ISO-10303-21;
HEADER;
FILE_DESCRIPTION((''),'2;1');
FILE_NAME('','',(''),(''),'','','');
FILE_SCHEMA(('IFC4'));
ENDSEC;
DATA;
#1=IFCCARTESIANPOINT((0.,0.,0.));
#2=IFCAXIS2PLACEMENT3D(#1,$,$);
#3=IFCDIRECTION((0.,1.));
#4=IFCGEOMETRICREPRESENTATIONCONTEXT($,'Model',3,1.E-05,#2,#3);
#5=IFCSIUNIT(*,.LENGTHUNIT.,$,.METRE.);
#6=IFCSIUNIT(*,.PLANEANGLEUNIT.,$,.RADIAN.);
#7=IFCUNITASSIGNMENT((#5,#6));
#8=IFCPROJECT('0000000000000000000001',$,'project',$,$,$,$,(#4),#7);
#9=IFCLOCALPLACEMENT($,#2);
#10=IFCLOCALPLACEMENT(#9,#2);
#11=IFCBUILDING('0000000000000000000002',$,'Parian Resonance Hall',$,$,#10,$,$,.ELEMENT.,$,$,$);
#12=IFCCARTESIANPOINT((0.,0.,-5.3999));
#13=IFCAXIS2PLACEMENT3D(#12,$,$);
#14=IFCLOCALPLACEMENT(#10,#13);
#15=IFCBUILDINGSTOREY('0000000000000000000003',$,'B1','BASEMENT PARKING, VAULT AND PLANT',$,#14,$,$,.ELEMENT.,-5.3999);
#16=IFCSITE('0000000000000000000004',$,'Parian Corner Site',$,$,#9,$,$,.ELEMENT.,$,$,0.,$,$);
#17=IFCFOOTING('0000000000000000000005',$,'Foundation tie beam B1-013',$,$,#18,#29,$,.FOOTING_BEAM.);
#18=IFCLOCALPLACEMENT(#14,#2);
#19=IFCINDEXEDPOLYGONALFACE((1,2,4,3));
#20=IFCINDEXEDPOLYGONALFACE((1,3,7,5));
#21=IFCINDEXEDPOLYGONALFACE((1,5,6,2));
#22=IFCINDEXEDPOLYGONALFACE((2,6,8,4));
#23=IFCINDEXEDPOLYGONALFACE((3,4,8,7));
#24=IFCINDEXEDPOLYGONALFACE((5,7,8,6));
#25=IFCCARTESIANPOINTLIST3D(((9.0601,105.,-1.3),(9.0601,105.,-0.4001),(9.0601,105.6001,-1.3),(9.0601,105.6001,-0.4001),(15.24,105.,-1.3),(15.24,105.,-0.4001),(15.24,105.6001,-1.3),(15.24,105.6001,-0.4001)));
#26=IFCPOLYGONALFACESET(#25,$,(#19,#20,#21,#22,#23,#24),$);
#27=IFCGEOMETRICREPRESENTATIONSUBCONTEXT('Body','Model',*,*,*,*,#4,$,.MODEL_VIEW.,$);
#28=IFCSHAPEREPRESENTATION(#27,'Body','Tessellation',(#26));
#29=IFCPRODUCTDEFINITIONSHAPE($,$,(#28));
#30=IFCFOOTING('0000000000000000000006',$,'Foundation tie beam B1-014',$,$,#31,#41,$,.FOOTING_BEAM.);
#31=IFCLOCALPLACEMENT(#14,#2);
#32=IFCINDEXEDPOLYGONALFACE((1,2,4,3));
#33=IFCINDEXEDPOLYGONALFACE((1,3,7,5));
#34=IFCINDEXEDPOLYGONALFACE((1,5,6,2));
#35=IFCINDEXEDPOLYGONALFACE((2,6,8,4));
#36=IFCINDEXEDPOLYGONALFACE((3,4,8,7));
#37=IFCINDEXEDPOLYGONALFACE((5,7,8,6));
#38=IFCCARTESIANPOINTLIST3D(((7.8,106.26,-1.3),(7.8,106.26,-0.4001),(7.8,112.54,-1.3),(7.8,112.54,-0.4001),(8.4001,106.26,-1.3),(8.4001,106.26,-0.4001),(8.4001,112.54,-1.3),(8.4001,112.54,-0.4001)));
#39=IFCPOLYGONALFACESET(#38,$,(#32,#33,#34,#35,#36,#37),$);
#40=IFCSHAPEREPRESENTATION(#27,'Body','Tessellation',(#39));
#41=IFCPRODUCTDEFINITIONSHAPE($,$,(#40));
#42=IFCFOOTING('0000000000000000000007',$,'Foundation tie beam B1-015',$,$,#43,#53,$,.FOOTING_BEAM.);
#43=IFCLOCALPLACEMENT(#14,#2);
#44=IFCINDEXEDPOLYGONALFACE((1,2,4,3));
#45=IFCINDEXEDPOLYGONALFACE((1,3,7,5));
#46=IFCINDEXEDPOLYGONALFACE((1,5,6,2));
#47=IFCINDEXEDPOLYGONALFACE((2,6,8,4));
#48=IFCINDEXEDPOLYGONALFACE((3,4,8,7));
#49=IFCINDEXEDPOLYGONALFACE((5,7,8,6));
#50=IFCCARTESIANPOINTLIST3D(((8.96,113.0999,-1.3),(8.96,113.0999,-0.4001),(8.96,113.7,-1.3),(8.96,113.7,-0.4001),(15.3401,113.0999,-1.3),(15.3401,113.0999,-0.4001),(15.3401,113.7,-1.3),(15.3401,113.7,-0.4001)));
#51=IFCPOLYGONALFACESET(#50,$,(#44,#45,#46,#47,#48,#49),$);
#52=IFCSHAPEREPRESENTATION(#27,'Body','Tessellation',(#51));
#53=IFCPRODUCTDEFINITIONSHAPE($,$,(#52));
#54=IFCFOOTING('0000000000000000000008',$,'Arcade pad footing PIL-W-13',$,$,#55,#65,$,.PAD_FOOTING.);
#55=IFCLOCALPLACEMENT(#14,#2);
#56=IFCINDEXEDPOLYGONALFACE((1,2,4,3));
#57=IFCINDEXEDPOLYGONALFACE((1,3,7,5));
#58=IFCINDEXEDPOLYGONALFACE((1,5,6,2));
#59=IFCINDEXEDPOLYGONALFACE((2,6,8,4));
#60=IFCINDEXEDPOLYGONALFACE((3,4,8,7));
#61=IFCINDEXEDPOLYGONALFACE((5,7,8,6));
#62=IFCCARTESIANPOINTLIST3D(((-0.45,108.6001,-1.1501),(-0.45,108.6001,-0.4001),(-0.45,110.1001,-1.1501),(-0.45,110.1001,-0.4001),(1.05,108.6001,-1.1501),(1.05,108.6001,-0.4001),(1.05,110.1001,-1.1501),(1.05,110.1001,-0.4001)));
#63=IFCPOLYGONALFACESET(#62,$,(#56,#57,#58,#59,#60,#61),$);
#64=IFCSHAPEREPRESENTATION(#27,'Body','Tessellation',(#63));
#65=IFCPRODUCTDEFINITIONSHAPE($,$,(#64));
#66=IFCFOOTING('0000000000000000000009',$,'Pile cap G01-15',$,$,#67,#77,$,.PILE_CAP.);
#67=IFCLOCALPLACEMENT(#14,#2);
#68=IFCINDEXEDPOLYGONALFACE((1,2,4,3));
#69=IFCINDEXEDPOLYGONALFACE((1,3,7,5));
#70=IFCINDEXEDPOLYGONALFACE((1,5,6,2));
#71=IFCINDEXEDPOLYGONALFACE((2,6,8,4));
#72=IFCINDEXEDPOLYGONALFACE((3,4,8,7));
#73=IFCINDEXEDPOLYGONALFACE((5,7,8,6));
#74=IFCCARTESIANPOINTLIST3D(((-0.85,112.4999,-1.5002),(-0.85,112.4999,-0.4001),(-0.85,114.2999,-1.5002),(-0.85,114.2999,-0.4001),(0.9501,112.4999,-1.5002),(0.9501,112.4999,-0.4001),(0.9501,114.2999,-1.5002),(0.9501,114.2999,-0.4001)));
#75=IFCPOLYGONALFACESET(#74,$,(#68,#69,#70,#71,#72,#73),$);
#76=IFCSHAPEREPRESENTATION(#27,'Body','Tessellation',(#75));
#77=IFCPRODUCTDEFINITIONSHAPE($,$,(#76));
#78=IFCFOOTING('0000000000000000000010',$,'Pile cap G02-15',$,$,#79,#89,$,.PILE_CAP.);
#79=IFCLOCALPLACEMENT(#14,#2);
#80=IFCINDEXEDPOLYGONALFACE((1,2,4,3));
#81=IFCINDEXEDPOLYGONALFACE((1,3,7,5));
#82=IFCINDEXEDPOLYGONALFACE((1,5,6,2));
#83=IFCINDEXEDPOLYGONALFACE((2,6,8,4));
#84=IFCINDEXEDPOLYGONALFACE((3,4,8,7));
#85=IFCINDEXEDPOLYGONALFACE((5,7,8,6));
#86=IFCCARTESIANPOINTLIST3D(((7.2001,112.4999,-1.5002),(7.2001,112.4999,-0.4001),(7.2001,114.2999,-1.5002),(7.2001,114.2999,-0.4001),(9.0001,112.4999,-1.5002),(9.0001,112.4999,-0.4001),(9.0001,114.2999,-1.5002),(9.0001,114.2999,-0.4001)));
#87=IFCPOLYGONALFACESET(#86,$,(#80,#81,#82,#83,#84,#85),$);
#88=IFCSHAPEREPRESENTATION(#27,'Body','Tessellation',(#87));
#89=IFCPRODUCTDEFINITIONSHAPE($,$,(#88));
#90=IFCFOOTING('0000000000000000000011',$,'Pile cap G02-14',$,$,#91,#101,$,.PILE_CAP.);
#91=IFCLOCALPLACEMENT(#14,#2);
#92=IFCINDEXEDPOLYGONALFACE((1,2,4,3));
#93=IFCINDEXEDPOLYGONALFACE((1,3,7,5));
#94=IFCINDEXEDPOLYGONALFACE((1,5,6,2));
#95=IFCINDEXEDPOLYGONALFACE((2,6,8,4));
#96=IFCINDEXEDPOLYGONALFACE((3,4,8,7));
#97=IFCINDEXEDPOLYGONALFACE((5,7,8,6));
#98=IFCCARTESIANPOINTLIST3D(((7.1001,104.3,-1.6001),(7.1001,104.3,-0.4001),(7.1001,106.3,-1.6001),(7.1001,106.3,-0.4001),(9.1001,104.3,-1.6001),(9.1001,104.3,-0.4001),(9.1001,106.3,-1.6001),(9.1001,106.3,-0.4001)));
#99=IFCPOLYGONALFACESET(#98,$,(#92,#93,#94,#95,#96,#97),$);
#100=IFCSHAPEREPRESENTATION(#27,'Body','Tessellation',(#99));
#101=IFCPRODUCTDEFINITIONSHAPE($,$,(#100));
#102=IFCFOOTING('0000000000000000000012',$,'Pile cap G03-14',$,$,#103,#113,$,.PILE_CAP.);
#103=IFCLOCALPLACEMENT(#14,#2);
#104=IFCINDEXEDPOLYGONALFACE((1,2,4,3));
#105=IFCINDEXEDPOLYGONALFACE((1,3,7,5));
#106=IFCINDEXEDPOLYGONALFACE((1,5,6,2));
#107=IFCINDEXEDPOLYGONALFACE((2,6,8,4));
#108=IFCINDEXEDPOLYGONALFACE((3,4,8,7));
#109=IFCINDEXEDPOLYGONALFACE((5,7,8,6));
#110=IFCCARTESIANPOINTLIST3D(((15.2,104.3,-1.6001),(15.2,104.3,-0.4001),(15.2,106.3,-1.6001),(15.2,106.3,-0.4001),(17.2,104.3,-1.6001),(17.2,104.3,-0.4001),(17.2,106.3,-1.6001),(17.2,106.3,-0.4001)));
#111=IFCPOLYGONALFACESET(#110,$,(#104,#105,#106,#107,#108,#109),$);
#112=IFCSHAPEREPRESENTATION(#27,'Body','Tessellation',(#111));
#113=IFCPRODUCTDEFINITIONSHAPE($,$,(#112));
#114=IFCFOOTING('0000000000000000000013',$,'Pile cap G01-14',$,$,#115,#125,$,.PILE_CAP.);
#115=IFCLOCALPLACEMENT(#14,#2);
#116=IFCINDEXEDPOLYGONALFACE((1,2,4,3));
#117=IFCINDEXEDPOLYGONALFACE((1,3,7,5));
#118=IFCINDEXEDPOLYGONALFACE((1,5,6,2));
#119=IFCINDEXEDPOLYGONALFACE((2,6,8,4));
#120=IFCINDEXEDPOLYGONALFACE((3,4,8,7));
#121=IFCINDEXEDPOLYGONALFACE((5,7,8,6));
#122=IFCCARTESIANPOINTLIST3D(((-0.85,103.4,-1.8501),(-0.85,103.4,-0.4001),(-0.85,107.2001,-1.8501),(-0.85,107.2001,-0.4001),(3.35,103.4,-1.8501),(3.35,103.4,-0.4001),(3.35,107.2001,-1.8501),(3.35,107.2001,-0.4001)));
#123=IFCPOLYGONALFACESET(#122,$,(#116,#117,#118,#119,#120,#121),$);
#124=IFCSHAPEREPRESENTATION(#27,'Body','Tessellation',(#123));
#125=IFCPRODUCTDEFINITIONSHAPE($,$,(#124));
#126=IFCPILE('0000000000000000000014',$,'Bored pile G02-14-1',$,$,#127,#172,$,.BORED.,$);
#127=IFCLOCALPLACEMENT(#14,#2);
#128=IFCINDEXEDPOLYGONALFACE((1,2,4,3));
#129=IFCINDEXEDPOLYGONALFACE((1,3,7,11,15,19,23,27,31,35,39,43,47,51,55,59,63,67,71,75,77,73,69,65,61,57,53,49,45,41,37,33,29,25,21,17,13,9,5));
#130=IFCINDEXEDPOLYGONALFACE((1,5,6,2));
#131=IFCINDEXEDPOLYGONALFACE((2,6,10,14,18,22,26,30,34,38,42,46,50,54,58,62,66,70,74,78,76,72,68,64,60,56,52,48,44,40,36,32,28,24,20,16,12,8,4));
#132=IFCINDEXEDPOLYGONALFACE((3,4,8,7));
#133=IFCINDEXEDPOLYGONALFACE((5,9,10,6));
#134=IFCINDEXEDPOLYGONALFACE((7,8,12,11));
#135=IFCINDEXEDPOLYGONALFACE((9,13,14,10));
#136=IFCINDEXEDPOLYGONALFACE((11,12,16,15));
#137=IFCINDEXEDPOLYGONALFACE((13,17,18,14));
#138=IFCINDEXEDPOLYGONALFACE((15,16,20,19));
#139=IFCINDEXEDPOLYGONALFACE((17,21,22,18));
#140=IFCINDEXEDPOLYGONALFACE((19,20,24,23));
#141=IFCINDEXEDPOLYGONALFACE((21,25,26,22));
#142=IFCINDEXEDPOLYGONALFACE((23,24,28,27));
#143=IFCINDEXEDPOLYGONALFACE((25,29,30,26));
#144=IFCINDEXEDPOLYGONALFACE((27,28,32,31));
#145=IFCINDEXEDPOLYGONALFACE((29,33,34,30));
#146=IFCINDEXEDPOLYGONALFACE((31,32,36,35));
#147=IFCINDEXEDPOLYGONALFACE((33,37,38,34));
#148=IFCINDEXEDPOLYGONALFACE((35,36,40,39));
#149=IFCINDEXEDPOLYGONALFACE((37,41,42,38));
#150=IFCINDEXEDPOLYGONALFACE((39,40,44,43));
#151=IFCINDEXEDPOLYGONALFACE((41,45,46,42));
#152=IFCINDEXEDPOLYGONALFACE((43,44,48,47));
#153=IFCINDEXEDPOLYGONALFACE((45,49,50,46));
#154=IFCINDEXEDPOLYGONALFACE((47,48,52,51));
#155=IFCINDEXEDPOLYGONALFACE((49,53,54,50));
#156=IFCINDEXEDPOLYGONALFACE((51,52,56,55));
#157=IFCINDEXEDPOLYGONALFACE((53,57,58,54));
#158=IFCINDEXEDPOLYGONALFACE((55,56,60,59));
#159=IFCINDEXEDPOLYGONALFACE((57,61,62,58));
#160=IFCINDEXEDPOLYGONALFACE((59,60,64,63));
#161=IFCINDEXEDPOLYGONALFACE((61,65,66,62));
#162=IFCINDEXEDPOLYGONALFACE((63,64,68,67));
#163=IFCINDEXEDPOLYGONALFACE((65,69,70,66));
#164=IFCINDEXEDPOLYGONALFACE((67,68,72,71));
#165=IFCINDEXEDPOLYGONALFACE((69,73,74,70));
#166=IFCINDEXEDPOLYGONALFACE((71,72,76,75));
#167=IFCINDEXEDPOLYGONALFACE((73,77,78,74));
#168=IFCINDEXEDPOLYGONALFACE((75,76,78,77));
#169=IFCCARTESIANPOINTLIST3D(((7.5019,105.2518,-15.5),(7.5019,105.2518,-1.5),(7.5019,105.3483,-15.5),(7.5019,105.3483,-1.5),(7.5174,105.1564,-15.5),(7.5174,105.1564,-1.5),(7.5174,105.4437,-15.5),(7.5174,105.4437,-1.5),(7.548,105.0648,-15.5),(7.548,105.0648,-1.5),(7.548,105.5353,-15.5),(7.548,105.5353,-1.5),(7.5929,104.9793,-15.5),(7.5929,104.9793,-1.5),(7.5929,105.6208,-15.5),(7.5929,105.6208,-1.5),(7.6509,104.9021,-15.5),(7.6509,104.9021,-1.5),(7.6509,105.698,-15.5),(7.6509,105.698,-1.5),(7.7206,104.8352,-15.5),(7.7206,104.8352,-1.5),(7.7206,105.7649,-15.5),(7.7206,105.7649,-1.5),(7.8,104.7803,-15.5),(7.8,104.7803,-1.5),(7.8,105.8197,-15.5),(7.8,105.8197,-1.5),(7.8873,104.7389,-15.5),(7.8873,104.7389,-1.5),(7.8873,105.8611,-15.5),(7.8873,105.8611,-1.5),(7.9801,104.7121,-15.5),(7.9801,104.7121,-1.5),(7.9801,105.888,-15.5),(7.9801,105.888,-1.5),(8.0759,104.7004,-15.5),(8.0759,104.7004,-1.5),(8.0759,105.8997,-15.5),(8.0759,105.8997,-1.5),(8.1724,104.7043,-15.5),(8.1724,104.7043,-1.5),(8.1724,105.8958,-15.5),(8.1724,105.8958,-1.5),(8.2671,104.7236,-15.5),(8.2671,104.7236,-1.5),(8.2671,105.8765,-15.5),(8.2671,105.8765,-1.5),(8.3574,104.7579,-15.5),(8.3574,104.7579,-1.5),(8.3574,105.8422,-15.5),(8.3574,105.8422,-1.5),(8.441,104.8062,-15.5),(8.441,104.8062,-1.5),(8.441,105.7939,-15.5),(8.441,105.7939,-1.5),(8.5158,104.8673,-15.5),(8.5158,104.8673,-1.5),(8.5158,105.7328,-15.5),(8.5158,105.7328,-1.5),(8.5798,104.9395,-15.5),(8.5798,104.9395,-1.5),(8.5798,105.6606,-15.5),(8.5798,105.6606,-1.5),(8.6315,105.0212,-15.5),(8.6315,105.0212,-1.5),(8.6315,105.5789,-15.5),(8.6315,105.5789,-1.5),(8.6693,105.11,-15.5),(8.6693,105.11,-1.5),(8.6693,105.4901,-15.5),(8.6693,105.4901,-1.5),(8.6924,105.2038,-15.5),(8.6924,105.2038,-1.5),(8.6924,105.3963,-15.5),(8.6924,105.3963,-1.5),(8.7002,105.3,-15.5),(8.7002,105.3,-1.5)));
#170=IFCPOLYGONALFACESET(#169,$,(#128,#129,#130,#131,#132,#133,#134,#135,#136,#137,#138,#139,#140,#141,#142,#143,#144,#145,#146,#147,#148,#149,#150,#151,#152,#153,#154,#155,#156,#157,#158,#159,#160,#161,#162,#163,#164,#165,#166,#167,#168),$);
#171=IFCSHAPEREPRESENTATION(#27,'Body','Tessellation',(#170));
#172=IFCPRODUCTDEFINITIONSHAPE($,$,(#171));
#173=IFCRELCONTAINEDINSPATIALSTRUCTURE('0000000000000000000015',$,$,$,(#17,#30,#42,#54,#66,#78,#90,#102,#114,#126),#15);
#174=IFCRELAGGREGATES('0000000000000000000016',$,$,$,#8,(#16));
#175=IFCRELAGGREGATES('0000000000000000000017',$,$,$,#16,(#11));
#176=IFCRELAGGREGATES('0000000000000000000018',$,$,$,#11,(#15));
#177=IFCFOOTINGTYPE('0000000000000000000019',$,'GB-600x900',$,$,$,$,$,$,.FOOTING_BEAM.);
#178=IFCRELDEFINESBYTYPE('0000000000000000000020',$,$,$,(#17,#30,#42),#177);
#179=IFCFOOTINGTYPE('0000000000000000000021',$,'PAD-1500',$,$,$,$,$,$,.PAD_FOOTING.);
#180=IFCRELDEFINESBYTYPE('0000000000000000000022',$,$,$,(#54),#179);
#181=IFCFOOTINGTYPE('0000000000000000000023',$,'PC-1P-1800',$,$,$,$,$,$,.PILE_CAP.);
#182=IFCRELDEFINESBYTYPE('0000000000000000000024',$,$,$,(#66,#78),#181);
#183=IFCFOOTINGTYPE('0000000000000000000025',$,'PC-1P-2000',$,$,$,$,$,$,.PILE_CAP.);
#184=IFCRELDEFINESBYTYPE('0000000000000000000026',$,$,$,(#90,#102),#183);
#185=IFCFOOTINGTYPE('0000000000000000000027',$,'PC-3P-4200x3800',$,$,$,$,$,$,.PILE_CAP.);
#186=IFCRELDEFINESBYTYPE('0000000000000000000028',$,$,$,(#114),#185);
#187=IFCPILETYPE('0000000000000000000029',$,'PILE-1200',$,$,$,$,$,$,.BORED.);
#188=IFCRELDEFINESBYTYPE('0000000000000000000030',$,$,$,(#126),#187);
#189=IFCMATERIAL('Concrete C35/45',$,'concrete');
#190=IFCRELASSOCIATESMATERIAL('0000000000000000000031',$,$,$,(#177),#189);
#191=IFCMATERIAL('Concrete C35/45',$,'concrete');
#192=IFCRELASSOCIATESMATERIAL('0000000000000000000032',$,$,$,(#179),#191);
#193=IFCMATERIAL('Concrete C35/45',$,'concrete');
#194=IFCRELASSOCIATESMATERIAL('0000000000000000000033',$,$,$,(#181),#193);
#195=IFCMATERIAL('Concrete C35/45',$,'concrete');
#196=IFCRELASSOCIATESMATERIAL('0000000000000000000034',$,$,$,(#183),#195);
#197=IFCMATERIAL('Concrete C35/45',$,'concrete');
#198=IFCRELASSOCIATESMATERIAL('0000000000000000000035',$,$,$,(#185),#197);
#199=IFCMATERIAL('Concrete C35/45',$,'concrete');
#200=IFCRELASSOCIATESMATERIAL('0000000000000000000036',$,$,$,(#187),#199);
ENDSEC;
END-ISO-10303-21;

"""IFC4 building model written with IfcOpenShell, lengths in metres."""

from ifc_helpers import new_model, si_unit, direction, frame, origin, origin_2d, place, context, subcontext, project, spatial, rectangle, circle, extrude, material, material_profile, profile_set, type_object, element, save


model = new_model("IFC4")

# Units and contexts
model_context = context("Model", 3, precision=1e-05, world=origin(), true_north=direction((0.0, 1.0)))
body_context = subcontext(model_context, "Body", "Model", "MODEL_VIEW")
ifc_project = project(units=[si_unit("LENGTHUNIT", "METRE"), si_unit("PLANEANGLEUNIT", "RADIAN")], contexts=[model_context])

# Site, building, storey
site_placement = place(None, origin())
site = spatial("IfcSite", under=ifc_project, at=site_placement, Name="Parian Corner Site", CompositionType="ELEMENT", RefElevation=0.0)
building_placement = place(site_placement, origin())
building = spatial("IfcBuilding", under=site, at=building_placement, Name="Parian Resonance Hall", CompositionType="ELEMENT")
storey_placement = place(building_placement, frame((0.0, 0.0, -5.3999)))
storey = spatial("IfcBuildingStorey", under=building, at=storey_placement, Name="B1", Description="BASEMENT PARKING, VAULT AND PLANT", CompositionType="ELEMENT", Elevation=-5.3999)

# Footings
ifc_material_1 = material(Name="Concrete C35/45", Category="concrete")
ifc_material_profile_1 = material_profile(ifc_material_1, rectangle(XDim=0.6001, YDim=0.8999, at=origin_2d()), Name="RC-GB-600x900")
ifc_profile_set_1 = profile_set([ifc_material_profile_1], Name="Concrete C35/45")
footing_type_1 = type_object("IfcFootingType", Name="GB-600x900", PredefinedType="FOOTING_BEAM", material=ifc_profile_set_1)
footing_1_placement = place(storey_placement, frame((9.0601, 105.3, -0.8501), z_axis=(1.0, 0.0, 0.0), x_axis=(0.0, 1.0, 0.0)))
element("IfcFooting", 1, at=footing_1_placement, inside=storey, type_object=footing_type_1, Name="Foundation tie beam B1-013", PredefinedType="FOOTING_BEAM", context=body_context, shape_type="SweptSolid", body=[
    extrude(rectangle(XDim=0.6001, YDim=0.8999, at=origin_2d()), origin(), (0.0, 0.0, 1.0), 6.1799),
])
footing_2_placement = place(storey_placement, frame((8.1001, 106.26, -0.8501), z_axis=(0.0, 1.0, 0.0), x_axis=(-1.0, 0.0, 0.0)))
element("IfcFooting", 2, at=footing_2_placement, inside=storey, type_object=footing_type_1, Name="Foundation tie beam B1-014", PredefinedType="FOOTING_BEAM", context=body_context, shape_type="SweptSolid", body=[
    extrude(rectangle(XDim=0.6001, YDim=0.8999, at=origin_2d()), origin(), (0.0, 0.0, 1.0), 6.28),
])
footing_3_placement = place(storey_placement, frame((8.96, 113.3999, -0.8501), z_axis=(1.0, 0.0, 0.0), x_axis=(0.0, 1.0, 0.0)))
element("IfcFooting", 3, at=footing_3_placement, inside=storey, type_object=footing_type_1, Name="Foundation tie beam B1-015", PredefinedType="FOOTING_BEAM", context=body_context, shape_type="SweptSolid", body=[
    extrude(rectangle(XDim=0.6001, YDim=0.8999, at=origin_2d()), origin(), (0.0, 0.0, 1.0), 6.3801),
])
ifc_material_2 = material(Name="Concrete C35/45", Category="concrete")
footing_type_2 = type_object("IfcFootingType", Name="PAD-1500", PredefinedType="PAD_FOOTING", material=ifc_material_2)
footing_4_placement = place(storey_placement, frame((0.3, 109.3501, -1.1501), z_axis=(0.0, 0.0, 1.0), x_axis=(1.0, 0.0, 0.0)))
element("IfcFooting", 4, at=footing_4_placement, inside=storey, type_object=footing_type_2, Name="Arcade pad footing PIL-W-13", PredefinedType="PAD_FOOTING", context=body_context, shape_type="SweptSolid", body=[
    extrude(rectangle(XDim=1.5, YDim=1.5, at=origin_2d()), origin(), (0.0, 0.0, 1.0), 0.75),
])
ifc_material_3 = material(Name="Concrete C35/45", Category="concrete")
footing_type_3 = type_object("IfcFootingType", Name="PC-1P-1800", PredefinedType="PILE_CAP", material=ifc_material_3)
for number, where, z_axis, x_axis, name in (
    (5, (0.05, 113.3999, -1.5002), (0.0, 0.0, 1.0), (1.0, 0.0, 0.0), "Pile cap G01-15"),
    (6, (8.1001, 113.3999, -1.5002), (0.0, 0.0, 1.0), (1.0, 0.0, 0.0), "Pile cap G02-15"),
):
    element("IfcFooting", number, at=place(storey_placement, frame(where, z_axis=z_axis, x_axis=x_axis)), inside=storey, type_object=footing_type_3, Name=name, PredefinedType="PILE_CAP", context=body_context, shape_type="SweptSolid", body=[
        extrude(rectangle(XDim=1.8, YDim=1.8, at=origin_2d()), origin(), (0.0, 0.0, 1.0), 1.1001),
    ])
ifc_material_4 = material(Name="Concrete C35/45", Category="concrete")
footing_type_4 = type_object("IfcFootingType", Name="PC-1P-2000", PredefinedType="PILE_CAP", material=ifc_material_4)
for number, where, z_axis, x_axis, name in (
    (7, (8.1001, 105.3, -1.6001), (0.0, 0.0, 1.0), (1.0, 0.0, 0.0), "Pile cap G02-14"),
    (8, (16.2, 105.3, -1.6001), (0.0, 0.0, 1.0), (1.0, 0.0, 0.0), "Pile cap G03-14"),
):
    element("IfcFooting", number, at=place(storey_placement, frame(where, z_axis=z_axis, x_axis=x_axis)), inside=storey, type_object=footing_type_4, Name=name, PredefinedType="PILE_CAP", context=body_context, shape_type="SweptSolid", body=[
        extrude(rectangle(XDim=2.0, YDim=2.0, at=origin_2d()), origin(), (0.0, 0.0, 1.0), 1.2),
    ])
ifc_material_5 = material(Name="Concrete C35/45", Category="concrete")
footing_type_5 = type_object("IfcFootingType", Name="PC-3P-4200x3800", PredefinedType="PILE_CAP", material=ifc_material_5)
footing_5_placement = place(storey_placement, frame((1.25, 105.3, -1.8501), z_axis=(0.0, 0.0, 1.0), x_axis=(1.0, 0.0, 0.0)))
element("IfcFooting", 9, at=footing_5_placement, inside=storey, type_object=footing_type_5, Name="Pile cap G01-14", PredefinedType="PILE_CAP", context=body_context, shape_type="SweptSolid", body=[
    extrude(rectangle(XDim=4.2, YDim=3.8, at=origin_2d()), origin(), (0.0, 0.0, 1.0), 1.45),
])

# Pile
ifc_material_6 = material(Name="Concrete C35/45", Category="concrete")
ifc_material_profile_2 = material_profile(ifc_material_6, circle(Radius=0.6001, at=origin_2d()), Name="PILE-D1200")
ifc_profile_set_2 = profile_set([ifc_material_profile_2], Name="Concrete C35/45")
pile_type_1 = type_object("IfcPileType", Name="PILE-1200", PredefinedType="BORED", material=ifc_profile_set_2)
for number, where, z_axis, x_axis, name in (
    (10, (8.1001, 105.3, -1.5), (0.0, 0.0, -1.0), (1.0, 0.0, 0.0), "Bored pile G02-14-1"),
):
    element("IfcPile", number, at=place(storey_placement, frame(where, z_axis=z_axis, x_axis=x_axis)), inside=storey, type_object=pile_type_1, Name=name, PredefinedType="BORED", context=body_context, shape_type="SweptSolid", body=[
        extrude(circle(Radius=0.6001, at=origin_2d()), origin(), (0.0, 0.0, 1.0), 14.0),
    ])

save(model, "model.ifc")
